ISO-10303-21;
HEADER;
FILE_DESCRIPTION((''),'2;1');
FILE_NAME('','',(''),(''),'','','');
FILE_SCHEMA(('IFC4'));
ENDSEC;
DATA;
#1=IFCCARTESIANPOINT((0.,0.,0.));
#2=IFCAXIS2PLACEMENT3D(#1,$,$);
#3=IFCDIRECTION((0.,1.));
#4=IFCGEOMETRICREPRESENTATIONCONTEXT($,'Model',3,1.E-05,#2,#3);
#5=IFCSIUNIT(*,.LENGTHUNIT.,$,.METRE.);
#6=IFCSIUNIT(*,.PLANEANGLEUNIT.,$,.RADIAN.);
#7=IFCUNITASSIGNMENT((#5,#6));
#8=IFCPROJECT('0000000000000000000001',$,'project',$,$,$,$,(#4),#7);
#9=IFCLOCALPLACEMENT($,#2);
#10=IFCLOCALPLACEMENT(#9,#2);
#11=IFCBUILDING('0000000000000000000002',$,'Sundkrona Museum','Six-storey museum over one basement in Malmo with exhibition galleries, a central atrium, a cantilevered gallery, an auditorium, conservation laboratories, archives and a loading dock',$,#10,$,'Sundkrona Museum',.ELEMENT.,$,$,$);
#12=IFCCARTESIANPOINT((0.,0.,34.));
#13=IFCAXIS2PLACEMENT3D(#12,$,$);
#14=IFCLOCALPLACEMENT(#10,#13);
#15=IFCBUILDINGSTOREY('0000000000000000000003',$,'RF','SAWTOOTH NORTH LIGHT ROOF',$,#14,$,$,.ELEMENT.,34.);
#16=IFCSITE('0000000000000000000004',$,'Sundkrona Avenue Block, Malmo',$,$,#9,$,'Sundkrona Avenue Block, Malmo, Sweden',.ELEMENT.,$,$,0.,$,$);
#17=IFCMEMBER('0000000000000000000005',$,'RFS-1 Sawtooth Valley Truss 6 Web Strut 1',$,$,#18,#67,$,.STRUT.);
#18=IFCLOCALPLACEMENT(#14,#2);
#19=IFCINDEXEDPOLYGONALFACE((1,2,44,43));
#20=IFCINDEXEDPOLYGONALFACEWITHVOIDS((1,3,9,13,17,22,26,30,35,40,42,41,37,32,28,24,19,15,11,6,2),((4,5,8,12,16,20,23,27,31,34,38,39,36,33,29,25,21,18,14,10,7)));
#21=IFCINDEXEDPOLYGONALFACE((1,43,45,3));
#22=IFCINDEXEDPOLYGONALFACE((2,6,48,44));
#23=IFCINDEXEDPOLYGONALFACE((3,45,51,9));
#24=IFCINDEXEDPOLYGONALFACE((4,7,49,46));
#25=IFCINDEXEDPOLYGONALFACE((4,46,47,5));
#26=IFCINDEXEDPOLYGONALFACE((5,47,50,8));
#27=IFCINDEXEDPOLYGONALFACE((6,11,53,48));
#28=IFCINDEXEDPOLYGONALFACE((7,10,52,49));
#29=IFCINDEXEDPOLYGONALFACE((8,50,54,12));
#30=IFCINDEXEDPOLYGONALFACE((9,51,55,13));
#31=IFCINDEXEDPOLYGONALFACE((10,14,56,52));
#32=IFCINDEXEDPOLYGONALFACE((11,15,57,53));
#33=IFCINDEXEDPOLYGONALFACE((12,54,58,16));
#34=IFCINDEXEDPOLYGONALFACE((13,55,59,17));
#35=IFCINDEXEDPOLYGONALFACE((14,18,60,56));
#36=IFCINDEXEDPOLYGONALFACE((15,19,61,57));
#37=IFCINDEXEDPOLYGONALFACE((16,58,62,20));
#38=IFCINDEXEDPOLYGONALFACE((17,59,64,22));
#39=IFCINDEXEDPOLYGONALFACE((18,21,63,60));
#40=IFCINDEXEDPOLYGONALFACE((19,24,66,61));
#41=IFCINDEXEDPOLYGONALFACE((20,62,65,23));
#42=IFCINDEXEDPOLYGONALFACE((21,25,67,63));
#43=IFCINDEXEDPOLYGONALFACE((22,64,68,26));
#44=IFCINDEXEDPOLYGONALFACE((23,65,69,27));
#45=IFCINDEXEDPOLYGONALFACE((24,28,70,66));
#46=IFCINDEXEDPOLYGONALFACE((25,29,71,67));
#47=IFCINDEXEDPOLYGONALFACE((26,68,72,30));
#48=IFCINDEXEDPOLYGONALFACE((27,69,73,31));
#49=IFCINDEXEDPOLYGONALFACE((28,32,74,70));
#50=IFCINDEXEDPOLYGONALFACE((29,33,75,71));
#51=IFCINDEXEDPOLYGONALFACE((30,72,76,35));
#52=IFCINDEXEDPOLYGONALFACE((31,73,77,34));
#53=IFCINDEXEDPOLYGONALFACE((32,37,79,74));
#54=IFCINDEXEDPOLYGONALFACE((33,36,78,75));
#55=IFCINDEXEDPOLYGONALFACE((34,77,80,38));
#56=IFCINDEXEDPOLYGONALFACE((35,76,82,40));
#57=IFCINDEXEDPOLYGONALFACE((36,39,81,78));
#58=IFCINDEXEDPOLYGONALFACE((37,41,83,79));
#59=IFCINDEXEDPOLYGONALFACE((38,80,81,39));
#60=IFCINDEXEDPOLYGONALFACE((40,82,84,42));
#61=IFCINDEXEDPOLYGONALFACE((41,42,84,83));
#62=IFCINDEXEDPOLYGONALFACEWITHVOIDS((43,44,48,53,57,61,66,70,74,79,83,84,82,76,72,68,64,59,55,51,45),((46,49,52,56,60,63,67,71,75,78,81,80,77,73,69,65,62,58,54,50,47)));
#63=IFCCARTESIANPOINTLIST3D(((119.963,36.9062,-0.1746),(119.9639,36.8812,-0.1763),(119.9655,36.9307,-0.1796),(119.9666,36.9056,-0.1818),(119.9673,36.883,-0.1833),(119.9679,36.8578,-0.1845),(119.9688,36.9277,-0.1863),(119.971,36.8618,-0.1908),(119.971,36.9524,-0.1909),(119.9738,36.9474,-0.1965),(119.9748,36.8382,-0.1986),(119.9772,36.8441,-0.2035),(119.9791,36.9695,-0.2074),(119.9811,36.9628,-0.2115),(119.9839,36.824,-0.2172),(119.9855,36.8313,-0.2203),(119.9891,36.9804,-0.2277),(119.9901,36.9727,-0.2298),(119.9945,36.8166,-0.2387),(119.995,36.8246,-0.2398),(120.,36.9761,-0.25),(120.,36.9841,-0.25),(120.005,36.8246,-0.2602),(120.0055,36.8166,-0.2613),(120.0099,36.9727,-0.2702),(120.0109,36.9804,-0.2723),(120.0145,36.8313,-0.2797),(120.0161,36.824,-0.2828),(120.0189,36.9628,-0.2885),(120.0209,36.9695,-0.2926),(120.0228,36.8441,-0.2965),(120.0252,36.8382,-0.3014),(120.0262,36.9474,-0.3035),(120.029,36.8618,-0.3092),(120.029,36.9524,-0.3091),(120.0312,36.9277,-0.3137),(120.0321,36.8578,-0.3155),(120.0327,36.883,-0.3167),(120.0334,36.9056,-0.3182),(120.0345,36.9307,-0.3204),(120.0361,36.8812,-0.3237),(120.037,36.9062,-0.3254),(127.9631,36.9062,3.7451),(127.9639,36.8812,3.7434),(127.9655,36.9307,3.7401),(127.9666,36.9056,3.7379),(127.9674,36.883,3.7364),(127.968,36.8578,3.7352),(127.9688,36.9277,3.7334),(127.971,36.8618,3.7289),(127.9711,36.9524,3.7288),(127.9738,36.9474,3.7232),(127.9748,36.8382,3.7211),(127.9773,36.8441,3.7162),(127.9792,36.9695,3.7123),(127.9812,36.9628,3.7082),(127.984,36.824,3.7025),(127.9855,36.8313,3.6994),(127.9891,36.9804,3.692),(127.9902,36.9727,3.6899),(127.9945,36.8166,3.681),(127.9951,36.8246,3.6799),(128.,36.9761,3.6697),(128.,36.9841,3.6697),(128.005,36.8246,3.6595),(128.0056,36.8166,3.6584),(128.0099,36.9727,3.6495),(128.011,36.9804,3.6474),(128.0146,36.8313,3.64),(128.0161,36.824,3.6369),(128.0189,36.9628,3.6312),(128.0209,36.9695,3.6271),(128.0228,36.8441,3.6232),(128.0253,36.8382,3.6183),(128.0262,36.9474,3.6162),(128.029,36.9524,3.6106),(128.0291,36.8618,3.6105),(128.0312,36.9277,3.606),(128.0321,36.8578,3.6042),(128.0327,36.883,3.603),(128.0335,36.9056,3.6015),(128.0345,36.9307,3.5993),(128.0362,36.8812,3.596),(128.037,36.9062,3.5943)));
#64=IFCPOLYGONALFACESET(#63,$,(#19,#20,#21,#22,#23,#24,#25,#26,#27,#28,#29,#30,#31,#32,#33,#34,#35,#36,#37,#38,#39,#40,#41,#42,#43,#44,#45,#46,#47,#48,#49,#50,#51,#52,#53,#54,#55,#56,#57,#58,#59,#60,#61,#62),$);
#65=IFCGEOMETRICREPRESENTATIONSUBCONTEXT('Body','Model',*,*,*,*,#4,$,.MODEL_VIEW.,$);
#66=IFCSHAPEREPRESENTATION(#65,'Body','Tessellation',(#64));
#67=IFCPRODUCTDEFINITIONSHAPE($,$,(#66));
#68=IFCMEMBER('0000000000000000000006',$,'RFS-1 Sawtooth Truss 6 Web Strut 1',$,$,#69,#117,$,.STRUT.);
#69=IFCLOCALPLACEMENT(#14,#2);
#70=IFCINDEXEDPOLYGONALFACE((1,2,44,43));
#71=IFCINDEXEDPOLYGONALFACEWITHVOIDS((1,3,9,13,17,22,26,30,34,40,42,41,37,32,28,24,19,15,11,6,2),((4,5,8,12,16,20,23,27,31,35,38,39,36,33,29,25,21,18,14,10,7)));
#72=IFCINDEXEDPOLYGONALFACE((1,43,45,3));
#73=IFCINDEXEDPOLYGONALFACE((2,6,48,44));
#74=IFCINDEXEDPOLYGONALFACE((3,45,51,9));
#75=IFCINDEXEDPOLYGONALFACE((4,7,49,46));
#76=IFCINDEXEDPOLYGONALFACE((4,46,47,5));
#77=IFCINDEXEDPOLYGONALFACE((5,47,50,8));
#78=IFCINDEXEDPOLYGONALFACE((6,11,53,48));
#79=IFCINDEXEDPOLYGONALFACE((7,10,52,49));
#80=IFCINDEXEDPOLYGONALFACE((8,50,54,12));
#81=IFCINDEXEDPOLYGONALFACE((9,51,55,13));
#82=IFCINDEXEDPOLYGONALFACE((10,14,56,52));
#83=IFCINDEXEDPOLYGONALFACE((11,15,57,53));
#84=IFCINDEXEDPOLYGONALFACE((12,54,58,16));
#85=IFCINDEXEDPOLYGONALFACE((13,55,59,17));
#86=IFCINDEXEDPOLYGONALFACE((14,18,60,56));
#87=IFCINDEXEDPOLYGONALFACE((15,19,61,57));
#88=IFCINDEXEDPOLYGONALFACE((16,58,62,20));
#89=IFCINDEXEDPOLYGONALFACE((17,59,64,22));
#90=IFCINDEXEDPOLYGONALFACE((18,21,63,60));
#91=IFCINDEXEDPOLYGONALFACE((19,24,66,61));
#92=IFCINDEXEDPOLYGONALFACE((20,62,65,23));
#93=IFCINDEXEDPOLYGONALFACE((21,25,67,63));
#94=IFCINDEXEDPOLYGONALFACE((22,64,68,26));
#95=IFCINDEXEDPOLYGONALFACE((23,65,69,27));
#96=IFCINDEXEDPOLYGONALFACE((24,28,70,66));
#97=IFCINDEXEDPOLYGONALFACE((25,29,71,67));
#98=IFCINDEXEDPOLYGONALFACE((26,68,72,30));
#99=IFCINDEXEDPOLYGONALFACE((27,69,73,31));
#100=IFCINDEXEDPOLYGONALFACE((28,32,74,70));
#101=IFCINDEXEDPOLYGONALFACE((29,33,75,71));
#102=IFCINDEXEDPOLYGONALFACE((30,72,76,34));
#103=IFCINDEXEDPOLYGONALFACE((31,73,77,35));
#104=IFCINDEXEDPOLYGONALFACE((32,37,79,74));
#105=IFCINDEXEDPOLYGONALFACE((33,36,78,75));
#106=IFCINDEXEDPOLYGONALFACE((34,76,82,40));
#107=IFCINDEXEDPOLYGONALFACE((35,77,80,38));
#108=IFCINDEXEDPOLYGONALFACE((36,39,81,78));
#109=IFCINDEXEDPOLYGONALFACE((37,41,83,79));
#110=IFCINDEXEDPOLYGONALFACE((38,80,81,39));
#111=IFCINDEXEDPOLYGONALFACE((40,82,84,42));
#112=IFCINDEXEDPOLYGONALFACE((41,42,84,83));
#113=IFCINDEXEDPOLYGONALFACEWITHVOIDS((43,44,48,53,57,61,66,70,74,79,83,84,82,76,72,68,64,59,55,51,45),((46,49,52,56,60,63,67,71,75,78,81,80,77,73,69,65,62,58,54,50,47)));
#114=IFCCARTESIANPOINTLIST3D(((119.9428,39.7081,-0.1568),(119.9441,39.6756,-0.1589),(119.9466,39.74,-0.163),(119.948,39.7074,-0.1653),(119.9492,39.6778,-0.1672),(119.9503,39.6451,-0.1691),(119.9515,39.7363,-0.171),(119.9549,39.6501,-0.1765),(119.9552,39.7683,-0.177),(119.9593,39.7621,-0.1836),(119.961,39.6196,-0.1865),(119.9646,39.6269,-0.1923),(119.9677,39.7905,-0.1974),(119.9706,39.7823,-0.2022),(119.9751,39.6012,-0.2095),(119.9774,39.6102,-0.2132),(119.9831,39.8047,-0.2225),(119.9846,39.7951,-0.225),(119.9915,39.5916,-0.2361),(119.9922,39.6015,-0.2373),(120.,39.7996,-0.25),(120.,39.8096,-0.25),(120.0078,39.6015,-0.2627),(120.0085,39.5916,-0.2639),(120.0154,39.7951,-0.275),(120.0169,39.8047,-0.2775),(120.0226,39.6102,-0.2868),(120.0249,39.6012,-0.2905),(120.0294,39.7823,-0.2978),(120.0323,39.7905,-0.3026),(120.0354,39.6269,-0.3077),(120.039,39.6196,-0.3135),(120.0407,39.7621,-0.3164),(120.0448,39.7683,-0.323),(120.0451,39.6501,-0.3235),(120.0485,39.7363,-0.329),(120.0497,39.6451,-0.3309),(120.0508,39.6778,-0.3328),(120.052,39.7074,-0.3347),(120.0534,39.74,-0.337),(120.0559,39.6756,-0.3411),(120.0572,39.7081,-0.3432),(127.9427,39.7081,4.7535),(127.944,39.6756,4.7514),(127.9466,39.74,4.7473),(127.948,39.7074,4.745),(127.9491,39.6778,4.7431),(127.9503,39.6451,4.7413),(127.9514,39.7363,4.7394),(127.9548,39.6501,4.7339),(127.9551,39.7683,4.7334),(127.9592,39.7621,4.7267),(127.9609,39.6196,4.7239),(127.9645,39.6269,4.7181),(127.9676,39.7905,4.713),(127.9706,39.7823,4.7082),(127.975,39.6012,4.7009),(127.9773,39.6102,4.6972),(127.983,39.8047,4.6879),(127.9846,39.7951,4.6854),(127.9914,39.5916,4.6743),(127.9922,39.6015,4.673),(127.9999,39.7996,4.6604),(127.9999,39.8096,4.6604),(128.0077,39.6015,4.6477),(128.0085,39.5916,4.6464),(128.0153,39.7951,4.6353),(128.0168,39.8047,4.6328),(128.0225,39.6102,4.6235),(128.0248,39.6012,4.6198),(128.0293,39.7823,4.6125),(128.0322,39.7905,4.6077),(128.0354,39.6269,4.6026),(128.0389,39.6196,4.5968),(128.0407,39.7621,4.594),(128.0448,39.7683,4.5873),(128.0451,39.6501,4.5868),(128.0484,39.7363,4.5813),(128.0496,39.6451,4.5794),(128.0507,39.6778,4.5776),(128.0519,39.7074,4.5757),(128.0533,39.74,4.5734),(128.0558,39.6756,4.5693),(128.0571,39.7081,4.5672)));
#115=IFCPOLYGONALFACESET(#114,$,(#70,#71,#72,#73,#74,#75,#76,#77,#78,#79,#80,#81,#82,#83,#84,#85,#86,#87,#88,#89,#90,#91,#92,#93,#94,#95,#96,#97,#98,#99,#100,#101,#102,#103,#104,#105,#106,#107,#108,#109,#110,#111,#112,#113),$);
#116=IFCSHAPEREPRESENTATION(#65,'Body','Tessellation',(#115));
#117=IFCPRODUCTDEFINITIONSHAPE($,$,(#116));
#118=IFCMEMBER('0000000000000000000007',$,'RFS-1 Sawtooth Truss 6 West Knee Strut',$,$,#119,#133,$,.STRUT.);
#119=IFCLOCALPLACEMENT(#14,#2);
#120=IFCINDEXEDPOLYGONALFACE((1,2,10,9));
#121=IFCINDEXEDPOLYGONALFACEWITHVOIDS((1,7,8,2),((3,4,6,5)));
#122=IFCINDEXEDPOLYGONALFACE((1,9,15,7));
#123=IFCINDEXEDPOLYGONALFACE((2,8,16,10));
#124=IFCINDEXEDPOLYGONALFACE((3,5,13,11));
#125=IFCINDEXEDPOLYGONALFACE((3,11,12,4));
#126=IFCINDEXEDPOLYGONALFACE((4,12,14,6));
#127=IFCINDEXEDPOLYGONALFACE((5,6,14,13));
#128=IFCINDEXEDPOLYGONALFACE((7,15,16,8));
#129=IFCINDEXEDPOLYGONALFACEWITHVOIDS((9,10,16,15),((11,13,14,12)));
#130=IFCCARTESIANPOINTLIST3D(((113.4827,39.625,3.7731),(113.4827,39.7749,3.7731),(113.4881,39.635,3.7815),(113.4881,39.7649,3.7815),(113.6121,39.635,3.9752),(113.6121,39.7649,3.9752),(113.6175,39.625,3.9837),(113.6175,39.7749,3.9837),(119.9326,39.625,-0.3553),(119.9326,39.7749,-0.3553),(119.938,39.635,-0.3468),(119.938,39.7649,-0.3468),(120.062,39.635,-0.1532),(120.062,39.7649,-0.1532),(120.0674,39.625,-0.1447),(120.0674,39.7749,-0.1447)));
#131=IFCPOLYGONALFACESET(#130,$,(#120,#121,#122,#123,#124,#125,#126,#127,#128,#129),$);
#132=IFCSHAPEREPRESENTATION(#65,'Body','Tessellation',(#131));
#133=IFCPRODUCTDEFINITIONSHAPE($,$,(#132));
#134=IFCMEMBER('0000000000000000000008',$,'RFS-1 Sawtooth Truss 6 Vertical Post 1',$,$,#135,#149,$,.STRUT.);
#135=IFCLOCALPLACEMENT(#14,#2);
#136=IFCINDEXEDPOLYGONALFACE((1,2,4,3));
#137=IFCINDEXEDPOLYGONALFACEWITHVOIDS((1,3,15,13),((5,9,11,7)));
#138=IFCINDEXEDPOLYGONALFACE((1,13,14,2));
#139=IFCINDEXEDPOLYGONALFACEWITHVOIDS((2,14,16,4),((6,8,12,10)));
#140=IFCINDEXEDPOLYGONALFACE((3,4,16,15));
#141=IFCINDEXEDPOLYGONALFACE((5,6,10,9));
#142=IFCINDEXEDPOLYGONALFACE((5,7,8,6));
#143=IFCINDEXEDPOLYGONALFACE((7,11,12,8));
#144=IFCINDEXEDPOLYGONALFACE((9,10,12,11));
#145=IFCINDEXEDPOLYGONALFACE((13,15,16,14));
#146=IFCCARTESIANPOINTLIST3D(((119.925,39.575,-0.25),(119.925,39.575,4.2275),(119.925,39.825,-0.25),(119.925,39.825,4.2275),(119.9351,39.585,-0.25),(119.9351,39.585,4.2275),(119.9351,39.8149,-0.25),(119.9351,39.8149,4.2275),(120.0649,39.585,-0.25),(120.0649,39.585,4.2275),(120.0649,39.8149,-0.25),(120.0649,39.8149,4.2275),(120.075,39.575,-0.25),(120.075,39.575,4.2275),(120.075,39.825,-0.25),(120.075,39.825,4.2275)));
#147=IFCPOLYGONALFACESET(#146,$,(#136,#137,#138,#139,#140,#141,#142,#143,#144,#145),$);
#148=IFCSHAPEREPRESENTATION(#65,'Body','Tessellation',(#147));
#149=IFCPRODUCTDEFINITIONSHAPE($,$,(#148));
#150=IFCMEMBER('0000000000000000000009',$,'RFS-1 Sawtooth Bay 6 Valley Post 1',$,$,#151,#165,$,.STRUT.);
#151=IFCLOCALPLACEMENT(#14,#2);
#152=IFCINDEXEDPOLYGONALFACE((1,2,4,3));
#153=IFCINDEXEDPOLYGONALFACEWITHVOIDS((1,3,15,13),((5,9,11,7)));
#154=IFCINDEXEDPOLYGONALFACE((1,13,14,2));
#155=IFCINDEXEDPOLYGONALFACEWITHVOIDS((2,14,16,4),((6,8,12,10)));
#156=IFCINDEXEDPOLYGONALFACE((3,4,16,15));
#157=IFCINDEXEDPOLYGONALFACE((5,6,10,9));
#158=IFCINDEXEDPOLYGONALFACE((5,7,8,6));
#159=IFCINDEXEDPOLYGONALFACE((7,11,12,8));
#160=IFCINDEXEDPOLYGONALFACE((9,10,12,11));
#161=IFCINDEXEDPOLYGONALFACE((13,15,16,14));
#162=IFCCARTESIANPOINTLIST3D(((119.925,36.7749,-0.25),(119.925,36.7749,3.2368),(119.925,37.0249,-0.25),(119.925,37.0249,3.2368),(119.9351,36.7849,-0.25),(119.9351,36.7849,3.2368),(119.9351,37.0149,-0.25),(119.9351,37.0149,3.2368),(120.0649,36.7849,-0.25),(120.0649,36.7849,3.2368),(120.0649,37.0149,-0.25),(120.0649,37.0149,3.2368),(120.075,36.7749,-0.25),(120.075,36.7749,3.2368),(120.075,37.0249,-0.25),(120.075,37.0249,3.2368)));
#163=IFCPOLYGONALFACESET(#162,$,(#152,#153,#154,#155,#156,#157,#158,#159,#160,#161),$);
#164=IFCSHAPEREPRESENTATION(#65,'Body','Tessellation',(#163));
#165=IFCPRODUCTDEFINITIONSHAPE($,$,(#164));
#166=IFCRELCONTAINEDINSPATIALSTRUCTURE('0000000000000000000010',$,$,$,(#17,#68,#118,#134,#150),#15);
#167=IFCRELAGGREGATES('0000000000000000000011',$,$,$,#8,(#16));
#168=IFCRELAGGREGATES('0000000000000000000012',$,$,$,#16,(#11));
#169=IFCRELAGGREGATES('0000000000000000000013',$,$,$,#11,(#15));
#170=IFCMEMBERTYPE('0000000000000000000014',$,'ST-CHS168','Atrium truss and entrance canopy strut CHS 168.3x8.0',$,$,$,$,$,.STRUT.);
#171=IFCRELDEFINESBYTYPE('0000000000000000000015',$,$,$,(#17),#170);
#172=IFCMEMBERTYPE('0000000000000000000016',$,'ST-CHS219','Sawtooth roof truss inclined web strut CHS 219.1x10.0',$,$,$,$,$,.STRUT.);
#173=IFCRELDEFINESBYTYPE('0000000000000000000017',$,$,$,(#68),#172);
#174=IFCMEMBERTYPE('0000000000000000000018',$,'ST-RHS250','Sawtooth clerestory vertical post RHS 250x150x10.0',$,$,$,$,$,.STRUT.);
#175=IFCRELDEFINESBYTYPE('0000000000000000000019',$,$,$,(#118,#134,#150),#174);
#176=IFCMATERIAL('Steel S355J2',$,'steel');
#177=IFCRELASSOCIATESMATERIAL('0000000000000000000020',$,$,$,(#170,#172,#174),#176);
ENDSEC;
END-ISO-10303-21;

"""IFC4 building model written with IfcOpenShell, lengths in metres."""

from ifc_helpers import new_model, si_unit, direction, frame, origin, origin_2d, place, context, subcontext, project, spatial, hollow_rectangle, hollow_circle, extrude, material, material_profile, profile_set, type_object, element, save


model = new_model("IFC4")

# Units and contexts
model_context = context("Model", 3, precision=1e-05, world=origin(), true_north=direction((0.0, 1.0)))
body_context = subcontext(model_context, "Body", "Model", "MODEL_VIEW")
ifc_project = project(units=[si_unit("LENGTHUNIT", "METRE"), si_unit("PLANEANGLEUNIT", "RADIAN")], contexts=[model_context])

# Site, building, storey
site_placement = place(None, origin())
site = spatial("IfcSite", under=ifc_project, at=site_placement, Name="Sundkrona Avenue Block, Malmo", LongName="Sundkrona Avenue Block, Malmo, Sweden", CompositionType="ELEMENT", RefElevation=0.0)
building_placement = place(site_placement, origin())
building = spatial("IfcBuilding", under=site, at=building_placement, Name="Sundkrona Museum", Description="Six-storey museum over one basement in Malmo with exhibition galleries, a central atrium, a cantilevered gallery, an auditorium, conservation laboratories, archives and a loading dock", LongName="Sundkrona Museum", CompositionType="ELEMENT")
storey_placement = place(building_placement, frame((0.0, 0.0, 34.0)))
storey = spatial("IfcBuildingStorey", under=building, at=storey_placement, Name="RF", Description="SAWTOOTH NORTH LIGHT ROOF", CompositionType="ELEMENT", Elevation=34.0)

# Members
ifc_material_1 = material(Name="Steel S355J2", Category="steel")
ifc_material_profile_1 = material_profile(ifc_material_1, hollow_circle(Radius=0.0842, WallThickness=0.0081, at=origin_2d()), Name="CHS 168.3x8.0")
ifc_profile_set_1 = profile_set([ifc_material_profile_1], Name="Steel S355J2")
member_type_1 = type_object("IfcMemberType", Name="ST-CHS168", Description="Atrium truss and entrance canopy strut CHS 168.3x8.0", PredefinedType="STRUT", material=ifc_profile_set_1)
member_1_placement = place(storey_placement, frame((120.0, 36.8999, -0.25), z_axis=(0.898005, 0.0, 0.439986), x_axis=(0.0, 1.0, 0.0)))
element("IfcMember", 1, at=member_1_placement, inside=storey, type_object=member_type_1, Name="RFS-1 Sawtooth Valley Truss 6 Web Strut 1", PredefinedType="STRUT", context=body_context, shape_type="SweptSolid", body=[
    extrude(hollow_circle(Radius=0.0842, WallThickness=0.0081, at=origin_2d()), origin(), (0.0, 0.0, 1.0), 8.9087),
])
ifc_material_profile_2 = material_profile(ifc_material_1, hollow_circle(Radius=0.1096, WallThickness=0.01, at=origin_2d()), Name="CHS 219.1x10.0")
ifc_profile_set_2 = profile_set([ifc_material_profile_2], Name="Steel S355J2")
member_type_2 = type_object("IfcMemberType", Name="ST-CHS219", Description="Sawtooth roof truss inclined web strut CHS 219.1x10.0", PredefinedType="STRUT", material=ifc_profile_set_2)
member_2_placement = place(storey_placement, frame((120.0, 39.7, -0.25), z_axis=(0.852261, 0.0, 0.523118), x_axis=(0.0, 1.0, 0.0)))
element("IfcMember", 2, at=member_2_placement, inside=storey, type_object=member_type_2, Name="RFS-1 Sawtooth Truss 6 Web Strut 1", PredefinedType="STRUT", context=body_context, shape_type="SweptSolid", body=[
    extrude(hollow_circle(Radius=0.1096, WallThickness=0.01, at=origin_2d()), origin(), (0.0, 0.0, 1.0), 9.3867),
])
ifc_material_profile_3 = material_profile(ifc_material_1, hollow_rectangle(XDim=0.1499, YDim=0.25, WallThickness=0.01, at=origin_2d()), Name="RHS 250x150x10.0")
ifc_profile_set_3 = profile_set([ifc_material_profile_3], Name="Steel S355J2")
member_type_3 = type_object("IfcMemberType", Name="ST-RHS250", Description="Sawtooth clerestory vertical post RHS 250x150x10.0", PredefinedType="STRUT", material=ifc_profile_set_3)
member_3_placement = place(storey_placement, frame((120.0, 39.7, -0.25), z_axis=(-0.842245, 0.0, 0.539095), x_axis=(0.0, -1.0, 0.0)))
element("IfcMember", 3, at=member_3_placement, inside=storey, type_object=member_type_3, Name="RFS-1 Sawtooth Truss 6 West Knee Strut", PredefinedType="STRUT", context=body_context, shape_type="SweptSolid", body=[
    extrude(hollow_rectangle(XDim=0.1499, YDim=0.25, WallThickness=0.01, at=origin_2d()), origin(), (0.0, 0.0, 1.0), 7.658),
])
member_4_placement = place(storey_placement, frame((120.0, 39.7, -0.25), z_axis=(0.0, 0.0, 1.0), x_axis=(1.0, 0.0, 0.0)))
element("IfcMember", 4, at=member_4_placement, inside=storey, type_object=member_type_3, Name="RFS-1 Sawtooth Truss 6 Vertical Post 1", PredefinedType="STRUT", context=body_context, shape_type="SweptSolid", body=[
    extrude(hollow_rectangle(XDim=0.1499, YDim=0.25, WallThickness=0.01, at=origin_2d()), origin(), (0.0, 0.0, 1.0), 4.4775),
])
member_5_placement = place(storey_placement, frame((120.0, 36.8999, -0.25), z_axis=(0.0, 0.0, 1.0), x_axis=(1.0, 0.0, 0.0)))
element("IfcMember", 5, at=member_5_placement, inside=storey, type_object=member_type_3, Name="RFS-1 Sawtooth Bay 6 Valley Post 1", PredefinedType="STRUT", context=body_context, shape_type="SweptSolid", body=[
    extrude(hollow_rectangle(XDim=0.1499, YDim=0.25, WallThickness=0.01, at=origin_2d()), origin(), (0.0, 0.0, 1.0), 3.4868),
])

save(model, "model.ifc")
